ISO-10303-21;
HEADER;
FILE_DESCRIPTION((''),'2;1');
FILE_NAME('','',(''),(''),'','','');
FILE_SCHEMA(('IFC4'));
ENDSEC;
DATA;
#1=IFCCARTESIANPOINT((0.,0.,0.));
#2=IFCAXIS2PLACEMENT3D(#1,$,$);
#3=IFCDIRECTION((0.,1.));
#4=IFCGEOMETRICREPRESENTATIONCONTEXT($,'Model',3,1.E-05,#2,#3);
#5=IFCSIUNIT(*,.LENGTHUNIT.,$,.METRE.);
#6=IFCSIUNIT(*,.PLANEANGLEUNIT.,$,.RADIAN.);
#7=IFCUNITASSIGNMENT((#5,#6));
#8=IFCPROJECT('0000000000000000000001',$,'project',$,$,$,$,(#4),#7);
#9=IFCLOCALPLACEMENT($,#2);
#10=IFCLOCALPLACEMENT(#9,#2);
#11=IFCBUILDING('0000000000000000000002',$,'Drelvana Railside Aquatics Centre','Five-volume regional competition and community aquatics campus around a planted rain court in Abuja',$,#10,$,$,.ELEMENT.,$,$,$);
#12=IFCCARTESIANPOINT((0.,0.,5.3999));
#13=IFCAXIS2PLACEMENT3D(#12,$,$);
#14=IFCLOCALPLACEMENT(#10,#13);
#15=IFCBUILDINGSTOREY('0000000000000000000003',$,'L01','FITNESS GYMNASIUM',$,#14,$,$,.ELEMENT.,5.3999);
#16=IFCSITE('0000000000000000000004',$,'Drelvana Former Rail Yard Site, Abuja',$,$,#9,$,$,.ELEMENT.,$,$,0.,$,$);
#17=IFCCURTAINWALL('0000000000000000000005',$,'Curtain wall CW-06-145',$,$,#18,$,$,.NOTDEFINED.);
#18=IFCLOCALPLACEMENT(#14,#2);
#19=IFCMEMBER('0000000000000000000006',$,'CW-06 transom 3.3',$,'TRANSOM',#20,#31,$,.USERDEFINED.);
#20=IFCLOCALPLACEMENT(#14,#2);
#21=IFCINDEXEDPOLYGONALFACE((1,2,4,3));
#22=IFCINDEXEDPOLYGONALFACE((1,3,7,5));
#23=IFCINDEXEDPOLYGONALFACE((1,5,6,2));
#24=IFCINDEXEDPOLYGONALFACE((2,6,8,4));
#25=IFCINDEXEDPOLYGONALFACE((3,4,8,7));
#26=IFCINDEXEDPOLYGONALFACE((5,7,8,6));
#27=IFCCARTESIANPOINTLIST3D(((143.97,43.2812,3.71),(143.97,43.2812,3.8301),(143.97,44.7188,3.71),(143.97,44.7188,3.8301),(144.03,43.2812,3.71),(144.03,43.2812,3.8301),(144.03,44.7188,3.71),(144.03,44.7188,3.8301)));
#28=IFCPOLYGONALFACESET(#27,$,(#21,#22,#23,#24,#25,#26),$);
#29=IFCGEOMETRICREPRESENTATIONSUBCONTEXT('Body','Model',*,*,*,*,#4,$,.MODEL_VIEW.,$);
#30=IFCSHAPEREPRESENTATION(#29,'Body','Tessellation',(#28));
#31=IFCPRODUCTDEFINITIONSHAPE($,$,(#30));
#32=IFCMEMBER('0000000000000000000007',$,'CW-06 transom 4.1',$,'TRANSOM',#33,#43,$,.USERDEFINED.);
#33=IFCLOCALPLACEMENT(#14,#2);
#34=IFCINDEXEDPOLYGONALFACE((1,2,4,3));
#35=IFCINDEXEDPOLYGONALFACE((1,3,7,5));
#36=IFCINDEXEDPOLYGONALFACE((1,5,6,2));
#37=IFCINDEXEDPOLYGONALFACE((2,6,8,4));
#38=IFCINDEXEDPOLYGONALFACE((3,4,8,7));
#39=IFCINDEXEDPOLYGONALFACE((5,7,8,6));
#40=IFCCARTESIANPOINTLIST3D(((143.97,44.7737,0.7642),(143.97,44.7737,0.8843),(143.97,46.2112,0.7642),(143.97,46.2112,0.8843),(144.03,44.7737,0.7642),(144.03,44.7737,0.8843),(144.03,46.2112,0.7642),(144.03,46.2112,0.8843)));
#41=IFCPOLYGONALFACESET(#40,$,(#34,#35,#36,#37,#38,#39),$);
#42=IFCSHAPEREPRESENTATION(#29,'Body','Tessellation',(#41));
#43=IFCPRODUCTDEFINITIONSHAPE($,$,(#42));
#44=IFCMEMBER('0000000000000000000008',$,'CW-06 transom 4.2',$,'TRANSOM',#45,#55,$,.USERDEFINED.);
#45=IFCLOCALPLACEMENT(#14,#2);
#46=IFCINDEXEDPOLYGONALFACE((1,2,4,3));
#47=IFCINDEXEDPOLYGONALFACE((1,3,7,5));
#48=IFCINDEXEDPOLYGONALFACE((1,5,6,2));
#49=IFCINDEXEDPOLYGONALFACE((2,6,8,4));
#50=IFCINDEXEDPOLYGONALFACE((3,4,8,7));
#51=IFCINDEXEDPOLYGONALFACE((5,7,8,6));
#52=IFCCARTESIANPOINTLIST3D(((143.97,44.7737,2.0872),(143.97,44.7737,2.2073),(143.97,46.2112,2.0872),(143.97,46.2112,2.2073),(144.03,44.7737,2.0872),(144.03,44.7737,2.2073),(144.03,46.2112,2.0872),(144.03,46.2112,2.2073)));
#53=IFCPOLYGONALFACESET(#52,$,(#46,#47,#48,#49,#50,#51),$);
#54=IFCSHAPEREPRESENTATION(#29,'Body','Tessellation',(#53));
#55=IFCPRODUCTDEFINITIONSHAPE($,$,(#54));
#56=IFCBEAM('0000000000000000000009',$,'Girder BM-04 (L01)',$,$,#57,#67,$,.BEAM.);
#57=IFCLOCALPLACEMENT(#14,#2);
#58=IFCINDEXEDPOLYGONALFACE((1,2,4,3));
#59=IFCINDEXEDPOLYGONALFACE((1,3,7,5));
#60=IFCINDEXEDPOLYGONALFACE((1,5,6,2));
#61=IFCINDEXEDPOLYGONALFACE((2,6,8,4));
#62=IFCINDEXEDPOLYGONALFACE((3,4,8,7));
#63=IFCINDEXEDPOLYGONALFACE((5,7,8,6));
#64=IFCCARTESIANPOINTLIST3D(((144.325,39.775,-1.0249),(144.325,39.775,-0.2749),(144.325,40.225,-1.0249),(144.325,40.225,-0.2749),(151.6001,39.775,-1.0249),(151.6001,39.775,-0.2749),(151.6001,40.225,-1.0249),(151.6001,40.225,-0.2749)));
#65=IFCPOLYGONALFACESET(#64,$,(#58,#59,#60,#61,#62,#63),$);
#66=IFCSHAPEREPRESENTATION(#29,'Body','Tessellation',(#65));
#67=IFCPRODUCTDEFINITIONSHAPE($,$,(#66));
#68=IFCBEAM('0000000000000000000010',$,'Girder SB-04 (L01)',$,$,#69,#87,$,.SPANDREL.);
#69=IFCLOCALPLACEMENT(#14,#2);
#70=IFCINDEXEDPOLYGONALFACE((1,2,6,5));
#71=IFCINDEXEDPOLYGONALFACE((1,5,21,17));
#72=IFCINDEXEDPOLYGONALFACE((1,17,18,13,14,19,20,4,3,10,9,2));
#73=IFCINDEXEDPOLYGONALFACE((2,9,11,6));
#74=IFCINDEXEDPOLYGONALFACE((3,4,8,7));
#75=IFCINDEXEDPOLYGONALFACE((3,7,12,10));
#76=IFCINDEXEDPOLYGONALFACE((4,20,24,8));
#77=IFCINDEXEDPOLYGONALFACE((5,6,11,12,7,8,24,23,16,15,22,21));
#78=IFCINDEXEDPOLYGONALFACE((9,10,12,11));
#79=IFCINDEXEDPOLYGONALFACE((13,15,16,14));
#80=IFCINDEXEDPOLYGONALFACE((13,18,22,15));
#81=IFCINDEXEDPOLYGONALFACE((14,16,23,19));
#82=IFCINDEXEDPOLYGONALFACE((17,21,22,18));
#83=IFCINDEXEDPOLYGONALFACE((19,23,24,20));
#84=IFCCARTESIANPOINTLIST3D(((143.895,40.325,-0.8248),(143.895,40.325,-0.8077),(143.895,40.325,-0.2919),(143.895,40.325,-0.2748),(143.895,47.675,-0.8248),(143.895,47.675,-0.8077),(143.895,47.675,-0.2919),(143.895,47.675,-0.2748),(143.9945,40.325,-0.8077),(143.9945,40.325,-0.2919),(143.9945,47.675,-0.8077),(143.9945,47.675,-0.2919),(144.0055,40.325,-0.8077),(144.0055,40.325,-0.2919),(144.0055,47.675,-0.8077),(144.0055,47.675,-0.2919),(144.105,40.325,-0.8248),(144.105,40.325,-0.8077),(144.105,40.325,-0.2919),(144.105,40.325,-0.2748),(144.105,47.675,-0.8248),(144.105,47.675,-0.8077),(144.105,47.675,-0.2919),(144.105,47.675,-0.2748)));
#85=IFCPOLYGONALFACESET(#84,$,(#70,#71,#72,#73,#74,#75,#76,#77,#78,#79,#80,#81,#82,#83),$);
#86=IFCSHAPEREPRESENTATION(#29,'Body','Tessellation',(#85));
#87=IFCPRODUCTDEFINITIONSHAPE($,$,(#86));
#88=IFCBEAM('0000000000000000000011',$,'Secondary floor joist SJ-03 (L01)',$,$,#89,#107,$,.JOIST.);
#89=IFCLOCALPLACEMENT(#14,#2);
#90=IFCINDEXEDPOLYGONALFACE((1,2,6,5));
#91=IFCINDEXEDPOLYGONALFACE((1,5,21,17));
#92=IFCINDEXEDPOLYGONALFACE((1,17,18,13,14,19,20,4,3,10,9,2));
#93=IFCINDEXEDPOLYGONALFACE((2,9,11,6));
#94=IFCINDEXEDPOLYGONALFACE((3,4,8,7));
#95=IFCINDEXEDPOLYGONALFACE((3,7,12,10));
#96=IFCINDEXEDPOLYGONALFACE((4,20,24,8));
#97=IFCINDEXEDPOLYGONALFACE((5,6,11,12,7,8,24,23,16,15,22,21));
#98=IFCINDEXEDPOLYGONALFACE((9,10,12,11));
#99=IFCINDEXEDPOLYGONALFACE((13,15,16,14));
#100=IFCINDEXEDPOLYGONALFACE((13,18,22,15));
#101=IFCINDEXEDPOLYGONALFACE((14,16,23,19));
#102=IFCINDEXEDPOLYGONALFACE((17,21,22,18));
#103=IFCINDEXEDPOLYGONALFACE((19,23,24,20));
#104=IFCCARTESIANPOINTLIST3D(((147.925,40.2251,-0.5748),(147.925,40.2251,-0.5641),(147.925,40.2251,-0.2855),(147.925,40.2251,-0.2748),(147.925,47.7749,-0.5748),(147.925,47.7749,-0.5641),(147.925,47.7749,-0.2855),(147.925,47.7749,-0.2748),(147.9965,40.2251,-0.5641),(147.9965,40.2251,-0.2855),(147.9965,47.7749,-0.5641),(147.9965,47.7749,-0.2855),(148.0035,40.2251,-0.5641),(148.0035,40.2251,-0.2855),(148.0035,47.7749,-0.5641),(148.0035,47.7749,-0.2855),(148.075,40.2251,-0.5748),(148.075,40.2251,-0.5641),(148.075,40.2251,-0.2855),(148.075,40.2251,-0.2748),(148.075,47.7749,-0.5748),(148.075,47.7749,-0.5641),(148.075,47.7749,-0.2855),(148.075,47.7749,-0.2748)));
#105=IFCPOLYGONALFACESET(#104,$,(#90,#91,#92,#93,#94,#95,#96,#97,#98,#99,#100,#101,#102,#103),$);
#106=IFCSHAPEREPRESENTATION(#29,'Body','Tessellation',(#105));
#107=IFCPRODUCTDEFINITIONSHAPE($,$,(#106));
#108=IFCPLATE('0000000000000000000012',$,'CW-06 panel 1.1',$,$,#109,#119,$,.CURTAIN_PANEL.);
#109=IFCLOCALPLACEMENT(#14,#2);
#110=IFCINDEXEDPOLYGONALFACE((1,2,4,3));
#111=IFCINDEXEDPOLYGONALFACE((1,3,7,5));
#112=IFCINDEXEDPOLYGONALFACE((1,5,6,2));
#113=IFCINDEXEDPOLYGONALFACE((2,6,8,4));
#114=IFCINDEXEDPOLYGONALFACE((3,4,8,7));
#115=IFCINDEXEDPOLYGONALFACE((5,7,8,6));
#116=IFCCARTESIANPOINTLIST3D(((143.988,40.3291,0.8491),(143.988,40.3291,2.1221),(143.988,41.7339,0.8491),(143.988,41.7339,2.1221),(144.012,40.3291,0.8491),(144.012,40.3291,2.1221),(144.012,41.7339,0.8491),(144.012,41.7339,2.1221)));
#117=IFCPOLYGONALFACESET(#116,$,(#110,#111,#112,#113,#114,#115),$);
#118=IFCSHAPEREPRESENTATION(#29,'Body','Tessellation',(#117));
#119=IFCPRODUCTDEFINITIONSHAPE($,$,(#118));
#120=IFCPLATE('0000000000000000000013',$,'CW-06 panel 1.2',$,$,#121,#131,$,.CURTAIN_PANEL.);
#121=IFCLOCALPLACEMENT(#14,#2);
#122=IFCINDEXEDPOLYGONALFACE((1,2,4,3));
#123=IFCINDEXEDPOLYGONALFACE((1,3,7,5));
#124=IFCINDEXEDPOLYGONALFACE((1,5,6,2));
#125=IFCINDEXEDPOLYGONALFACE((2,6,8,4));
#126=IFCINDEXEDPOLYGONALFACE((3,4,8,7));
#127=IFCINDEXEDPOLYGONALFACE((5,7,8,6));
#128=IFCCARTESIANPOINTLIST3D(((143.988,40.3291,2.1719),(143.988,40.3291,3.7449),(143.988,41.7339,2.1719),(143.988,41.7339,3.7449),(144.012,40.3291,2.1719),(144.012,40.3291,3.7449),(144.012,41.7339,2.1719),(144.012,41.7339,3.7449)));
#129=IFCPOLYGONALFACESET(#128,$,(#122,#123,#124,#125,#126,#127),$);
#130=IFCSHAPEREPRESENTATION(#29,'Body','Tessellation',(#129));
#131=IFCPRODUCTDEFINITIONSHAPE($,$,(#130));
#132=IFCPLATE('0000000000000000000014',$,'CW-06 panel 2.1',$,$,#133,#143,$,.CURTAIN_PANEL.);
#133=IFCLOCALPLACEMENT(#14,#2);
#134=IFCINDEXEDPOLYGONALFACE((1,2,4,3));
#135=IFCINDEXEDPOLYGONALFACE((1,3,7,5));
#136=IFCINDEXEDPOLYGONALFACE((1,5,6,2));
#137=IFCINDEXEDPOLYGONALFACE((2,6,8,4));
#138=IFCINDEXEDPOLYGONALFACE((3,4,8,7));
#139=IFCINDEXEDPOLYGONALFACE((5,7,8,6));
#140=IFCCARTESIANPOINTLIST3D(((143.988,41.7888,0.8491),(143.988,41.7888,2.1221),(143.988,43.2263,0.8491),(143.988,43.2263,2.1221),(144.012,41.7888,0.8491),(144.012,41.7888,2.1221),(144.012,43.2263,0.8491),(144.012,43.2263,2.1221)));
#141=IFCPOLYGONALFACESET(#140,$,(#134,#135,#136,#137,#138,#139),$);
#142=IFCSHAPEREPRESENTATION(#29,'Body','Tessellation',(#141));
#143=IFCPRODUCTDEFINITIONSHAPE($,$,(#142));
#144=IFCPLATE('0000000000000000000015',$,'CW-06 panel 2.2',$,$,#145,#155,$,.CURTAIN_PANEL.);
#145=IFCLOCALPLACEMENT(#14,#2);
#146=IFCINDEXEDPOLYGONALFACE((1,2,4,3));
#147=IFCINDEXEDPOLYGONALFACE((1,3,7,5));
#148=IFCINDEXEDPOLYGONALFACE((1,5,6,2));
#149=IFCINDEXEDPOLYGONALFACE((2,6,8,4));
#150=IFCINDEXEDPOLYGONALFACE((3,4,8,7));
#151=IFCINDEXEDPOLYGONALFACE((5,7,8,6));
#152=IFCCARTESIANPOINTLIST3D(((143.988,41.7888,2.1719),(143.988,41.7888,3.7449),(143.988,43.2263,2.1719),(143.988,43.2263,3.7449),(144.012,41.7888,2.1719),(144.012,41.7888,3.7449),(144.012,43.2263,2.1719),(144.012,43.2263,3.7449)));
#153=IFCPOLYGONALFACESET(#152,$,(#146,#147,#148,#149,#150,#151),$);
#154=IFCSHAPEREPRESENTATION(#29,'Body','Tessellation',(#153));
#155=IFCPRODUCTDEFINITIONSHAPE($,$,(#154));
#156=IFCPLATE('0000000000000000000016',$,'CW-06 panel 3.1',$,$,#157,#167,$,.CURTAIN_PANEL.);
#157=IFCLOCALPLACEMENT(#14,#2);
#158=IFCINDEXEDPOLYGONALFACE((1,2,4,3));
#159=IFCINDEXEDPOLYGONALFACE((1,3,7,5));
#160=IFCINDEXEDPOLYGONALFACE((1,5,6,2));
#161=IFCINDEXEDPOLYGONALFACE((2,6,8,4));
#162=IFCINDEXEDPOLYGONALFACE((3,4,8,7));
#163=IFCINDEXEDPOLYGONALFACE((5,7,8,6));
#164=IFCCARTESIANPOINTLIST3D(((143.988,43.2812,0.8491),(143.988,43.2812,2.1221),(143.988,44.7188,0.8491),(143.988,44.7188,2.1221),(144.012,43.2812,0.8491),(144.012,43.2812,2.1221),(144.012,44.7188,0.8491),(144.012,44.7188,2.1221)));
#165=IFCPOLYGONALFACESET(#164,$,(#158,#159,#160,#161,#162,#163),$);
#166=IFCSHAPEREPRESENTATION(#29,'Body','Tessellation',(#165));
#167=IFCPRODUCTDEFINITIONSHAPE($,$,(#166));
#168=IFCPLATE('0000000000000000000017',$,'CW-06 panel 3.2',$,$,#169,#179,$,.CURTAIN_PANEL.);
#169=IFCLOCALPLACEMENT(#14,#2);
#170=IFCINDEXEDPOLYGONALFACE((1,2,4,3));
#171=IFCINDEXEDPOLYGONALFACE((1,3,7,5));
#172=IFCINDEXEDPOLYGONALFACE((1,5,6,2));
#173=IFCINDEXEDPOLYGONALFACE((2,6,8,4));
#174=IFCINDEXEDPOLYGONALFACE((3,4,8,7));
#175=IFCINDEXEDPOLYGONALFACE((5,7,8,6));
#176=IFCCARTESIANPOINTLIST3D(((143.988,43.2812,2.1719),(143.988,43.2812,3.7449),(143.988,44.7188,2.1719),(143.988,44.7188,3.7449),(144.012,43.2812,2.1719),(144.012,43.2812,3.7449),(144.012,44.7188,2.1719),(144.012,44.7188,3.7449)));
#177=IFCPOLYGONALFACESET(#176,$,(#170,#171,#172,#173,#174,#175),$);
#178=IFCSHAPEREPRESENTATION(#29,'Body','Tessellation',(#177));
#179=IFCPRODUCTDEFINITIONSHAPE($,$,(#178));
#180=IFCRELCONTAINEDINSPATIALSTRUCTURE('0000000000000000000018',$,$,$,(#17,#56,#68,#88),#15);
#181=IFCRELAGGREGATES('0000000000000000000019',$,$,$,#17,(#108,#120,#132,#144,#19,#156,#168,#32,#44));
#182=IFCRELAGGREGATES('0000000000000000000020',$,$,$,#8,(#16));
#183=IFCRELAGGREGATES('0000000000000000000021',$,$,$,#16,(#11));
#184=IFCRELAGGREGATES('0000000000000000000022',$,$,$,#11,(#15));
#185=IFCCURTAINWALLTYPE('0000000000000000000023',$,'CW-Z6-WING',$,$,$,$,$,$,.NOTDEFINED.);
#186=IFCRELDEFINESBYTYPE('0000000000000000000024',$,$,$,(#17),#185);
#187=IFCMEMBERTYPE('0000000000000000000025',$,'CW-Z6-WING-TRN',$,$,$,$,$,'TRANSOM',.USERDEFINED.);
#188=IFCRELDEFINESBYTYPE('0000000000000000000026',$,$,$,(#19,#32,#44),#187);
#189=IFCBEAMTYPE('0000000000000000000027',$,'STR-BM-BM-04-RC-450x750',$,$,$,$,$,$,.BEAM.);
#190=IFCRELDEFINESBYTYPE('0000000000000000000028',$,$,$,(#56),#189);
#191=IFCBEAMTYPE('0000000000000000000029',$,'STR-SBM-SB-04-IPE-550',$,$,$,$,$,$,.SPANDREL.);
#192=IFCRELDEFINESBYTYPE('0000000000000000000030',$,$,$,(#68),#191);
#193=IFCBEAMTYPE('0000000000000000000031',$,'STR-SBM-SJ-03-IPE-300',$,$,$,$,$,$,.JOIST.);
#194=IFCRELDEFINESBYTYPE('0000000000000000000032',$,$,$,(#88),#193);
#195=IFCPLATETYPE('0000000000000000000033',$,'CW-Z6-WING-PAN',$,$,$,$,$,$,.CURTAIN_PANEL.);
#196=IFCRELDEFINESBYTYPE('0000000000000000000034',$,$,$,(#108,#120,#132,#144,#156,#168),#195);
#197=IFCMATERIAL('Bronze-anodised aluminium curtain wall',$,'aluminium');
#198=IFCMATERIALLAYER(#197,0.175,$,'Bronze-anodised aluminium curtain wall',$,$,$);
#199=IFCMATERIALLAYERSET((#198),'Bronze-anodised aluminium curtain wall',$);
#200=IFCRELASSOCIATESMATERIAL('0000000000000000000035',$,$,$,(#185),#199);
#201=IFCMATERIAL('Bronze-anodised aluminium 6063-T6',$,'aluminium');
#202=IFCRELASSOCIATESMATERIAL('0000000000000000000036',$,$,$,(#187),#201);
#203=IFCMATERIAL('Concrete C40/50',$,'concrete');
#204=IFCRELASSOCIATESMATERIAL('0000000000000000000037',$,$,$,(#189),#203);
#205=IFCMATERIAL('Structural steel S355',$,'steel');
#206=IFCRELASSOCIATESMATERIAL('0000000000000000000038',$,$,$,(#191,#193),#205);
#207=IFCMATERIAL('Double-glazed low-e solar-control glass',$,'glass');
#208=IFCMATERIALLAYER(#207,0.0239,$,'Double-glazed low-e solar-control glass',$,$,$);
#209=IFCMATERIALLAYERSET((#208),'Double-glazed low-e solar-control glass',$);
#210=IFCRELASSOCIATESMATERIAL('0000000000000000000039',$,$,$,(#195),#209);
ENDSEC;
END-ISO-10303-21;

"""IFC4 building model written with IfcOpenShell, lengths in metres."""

from ifc_helpers import new_model, si_unit, direction, frame, origin, origin_2d, place, context, subcontext, project, spatial, rectangle, i_section, extrude, material, layer, layer_set, material_profile, profile_set, type_object, element, aggregate, save


model = new_model("IFC4")

# Units and contexts
model_context = context("Model", 3, precision=1e-05, world=origin(), true_north=direction((0.0, 1.0)))
body_context = subcontext(model_context, "Body", "Model", "MODEL_VIEW")
ifc_project = project(units=[si_unit("LENGTHUNIT", "METRE"), si_unit("PLANEANGLEUNIT", "RADIAN")], contexts=[model_context])

# Site, building, storey
site_placement = place(None, origin())
site = spatial("IfcSite", under=ifc_project, at=site_placement, Name="Drelvana Former Rail Yard Site, Abuja", CompositionType="ELEMENT", RefElevation=0.0)
building_placement = place(site_placement, origin())
building = spatial("IfcBuilding", under=site, at=building_placement, Name="Drelvana Railside Aquatics Centre", Description="Five-volume regional competition and community aquatics campus around a planted rain court in Abuja", CompositionType="ELEMENT")
storey_placement = place(building_placement, frame((0.0, 0.0, 5.3999)))
storey = spatial("IfcBuildingStorey", under=building, at=storey_placement, Name="L01", Description="FITNESS GYMNASIUM", CompositionType="ELEMENT", Elevation=5.3999)

# Shared definitions
ifc_material_1 = material(Name="Concrete C40/50", Category="concrete")

# Shared definitions
ifc_material_2 = material(Name="Bronze-anodised aluminium curtain wall", Category="aluminium")
ifc_layer_1 = layer(ifc_material_2, 0.175, Name="Bronze-anodised aluminium curtain wall")
ifc_layer_set_1 = layer_set([ifc_layer_1], Name="Bronze-anodised aluminium curtain wall")
curtain_wall_type = type_object("IfcCurtainWallType", Name="CW-Z6-WING", PredefinedType="NOTDEFINED", material=ifc_layer_set_1)
ifc_material_3 = material(Name="Bronze-anodised aluminium 6063-T6", Category="aluminium")

# Curtain wall, members
curtain_wall_1_placement = place(storey_placement, origin())
curtain_wall_1 = element("IfcCurtainWall", 1, at=curtain_wall_1_placement, inside=storey, type_object=curtain_wall_type, Name="Curtain wall CW-06-145", PredefinedType="NOTDEFINED")
ifc_material_profile_1 = material_profile(ifc_material_3, rectangle(XDim=0.1201, YDim=0.0601, at=origin_2d()), Name="ALU-T 60x120")
ifc_profile_set_1 = profile_set([ifc_material_profile_1], Name="Bronze-anodised aluminium 6063-T6")
member_type_1 = type_object("IfcMemberType", Name="CW-Z6-WING-TRN", ElementType="TRANSOM", PredefinedType="USERDEFINED", material=ifc_profile_set_1)
member_1_placement = place(storey_placement, frame((144.0, 43.2812, 3.77), z_axis=(0.0, 1.0, 0.0), x_axis=(0.0, 0.0, 1.0)))
member_1 = element("IfcMember", 2, at=member_1_placement, type_object=member_type_1, Name="CW-06 transom 3.3", ObjectType="TRANSOM", PredefinedType="USERDEFINED", context=body_context, shape_type="SweptSolid", body=[
    extrude(rectangle(XDim=0.1201, YDim=0.0601, at=origin_2d()), origin(), (0.0, 0.0, 1.0), 1.4375),
])
member_2_placement = place(storey_placement, frame((144.0, 44.7737, 0.8242), z_axis=(0.0, 1.0, 0.0), x_axis=(0.0, 0.0, 1.0)))
member_2 = element("IfcMember", 3, at=member_2_placement, type_object=member_type_1, Name="CW-06 transom 4.1", ObjectType="TRANSOM", PredefinedType="USERDEFINED", context=body_context, shape_type="SweptSolid", body=[
    extrude(rectangle(XDim=0.1201, YDim=0.0601, at=origin_2d()), origin(), (0.0, 0.0, 1.0), 1.4375),
])
member_3_placement = place(storey_placement, frame((144.0, 44.7737, 2.1472), z_axis=(0.0, 1.0, 0.0), x_axis=(0.0, 0.0, 1.0)))
member_3 = element("IfcMember", 4, at=member_3_placement, type_object=member_type_1, Name="CW-06 transom 4.2", ObjectType="TRANSOM", PredefinedType="USERDEFINED", context=body_context, shape_type="SweptSolid", body=[
    extrude(rectangle(XDim=0.1201, YDim=0.0601, at=origin_2d()), origin(), (0.0, 0.0, 1.0), 1.4375),
])

# Beams
ifc_material_profile_2 = material_profile(ifc_material_1, rectangle(XDim=0.45, YDim=0.75, at=origin_2d()), Name="RC 450x750")
ifc_profile_set_2 = profile_set([ifc_material_profile_2], Name="Concrete C40/50")
beam_type_1 = type_object("IfcBeamType", Name="STR-BM-BM-04-RC-450x750", PredefinedType="BEAM", material=ifc_profile_set_2)
beam_1_placement = place(storey_placement, frame((144.325, 40.0, -0.6499), z_axis=(1.0, 0.0, 0.0), x_axis=(0.0, 1.0, 0.0)))
element("IfcBeam", 5, at=beam_1_placement, inside=storey, type_object=beam_type_1, Name="Girder BM-04 (L01)", PredefinedType="BEAM", context=body_context, shape_type="SweptSolid", body=[
    extrude(rectangle(XDim=0.45, YDim=0.75, at=origin_2d()), origin(), (0.0, 0.0, 1.0), 7.2751),
])
ifc_material_4 = material(Name="Structural steel S355", Category="steel")
ifc_material_profile_3 = material_profile(ifc_material_4, i_section(OverallWidth=0.21, OverallDepth=0.55, WebThickness=0.011, FlangeThickness=0.0171, at=origin_2d()), Name="IPE 550")
ifc_profile_set_3 = profile_set([ifc_material_profile_3], Name="Structural steel S355")
beam_type_2 = type_object("IfcBeamType", Name="STR-SBM-SB-04-IPE-550", PredefinedType="SPANDREL", material=ifc_profile_set_3)
beam_2_placement = place(storey_placement, frame((144.0, 40.325, -0.5498), z_axis=(0.0, 1.0, 0.0), x_axis=(-1.0, 0.0, 0.0)))
element("IfcBeam", 6, at=beam_2_placement, inside=storey, type_object=beam_type_2, Name="Girder SB-04 (L01)", PredefinedType="SPANDREL", context=body_context, shape_type="SweptSolid", body=[
    extrude(i_section(OverallWidth=0.21, OverallDepth=0.55, WebThickness=0.011, FlangeThickness=0.0171, at=origin_2d()), origin(), (0.0, 0.0, 1.0), 7.3501),
])
ifc_material_profile_4 = material_profile(ifc_material_4, i_section(OverallWidth=0.1499, OverallDepth=0.3, WebThickness=0.0071, FlangeThickness=0.0107, at=origin_2d()), Name="IPE 300")
ifc_profile_set_4 = profile_set([ifc_material_profile_4], Name="Structural steel S355")
beam_type_3 = type_object("IfcBeamType", Name="STR-SBM-SJ-03-IPE-300", PredefinedType="JOIST", material=ifc_profile_set_4)
beam_3_placement = place(storey_placement, frame((148.0, 40.2251, -0.4248), z_axis=(0.0, 1.0, 0.0), x_axis=(-1.0, 0.0, 0.0)))
element("IfcBeam", 7, at=beam_3_placement, inside=storey, type_object=beam_type_3, Name="Secondary floor joist SJ-03 (L01)", PredefinedType="JOIST", context=body_context, shape_type="SweptSolid", body=[
    extrude(i_section(OverallWidth=0.1499, OverallDepth=0.3, WebThickness=0.0071, FlangeThickness=0.0107, at=origin_2d()), origin(), (0.0, 0.0, 1.0), 7.5498),
])

# Plates
ifc_material_5 = material(Name="Double-glazed low-e solar-control glass", Category="glass")
ifc_layer_2 = layer(ifc_material_5, 0.0239, Name="Double-glazed low-e solar-control glass")
ifc_layer_set_2 = layer_set([ifc_layer_2], Name="Double-glazed low-e solar-control glass")
plate_type = type_object("IfcPlateType", Name="CW-Z6-WING-PAN", PredefinedType="CURTAIN_PANEL", material=ifc_layer_set_2)
plate_1_placement = place(storey_placement, frame((144.0, 41.0315, 0.8491), z_axis=(0.0, 0.0, 1.0), x_axis=(0.0, 1.0, 0.0)))
plate_1 = element("IfcPlate", 8, at=plate_1_placement, type_object=plate_type, Name="CW-06 panel 1.1", PredefinedType="CURTAIN_PANEL", context=body_context, shape_type="SweptSolid", body=[
    extrude(rectangle(XDim=1.4048, YDim=0.0239, at=origin_2d()), origin(), (0.0, 0.0, 1.0), 1.2729),
])
plate_2_placement = place(storey_placement, frame((144.0, 41.0315, 2.1719), z_axis=(0.0, 0.0, 1.0), x_axis=(0.0, 1.0, 0.0)))
plate_2 = element("IfcPlate", 9, at=plate_2_placement, type_object=plate_type, Name="CW-06 panel 1.2", PredefinedType="CURTAIN_PANEL", context=body_context, shape_type="SweptSolid", body=[
    extrude(rectangle(XDim=1.4048, YDim=0.0239, at=origin_2d()), origin(), (0.0, 0.0, 1.0), 1.573),
])
plate_3_placement = place(storey_placement, frame((144.0, 42.5076, 0.8491), z_axis=(0.0, 0.0, 1.0), x_axis=(0.0, 1.0, 0.0)))
plate_3 = element("IfcPlate", 10, at=plate_3_placement, type_object=plate_type, Name="CW-06 panel 2.1", PredefinedType="CURTAIN_PANEL", context=body_context, shape_type="SweptSolid", body=[
    extrude(rectangle(XDim=1.4375, YDim=0.0239, at=origin_2d()), origin(), (0.0, 0.0, 1.0), 1.2729),
])
plate_4_placement = place(storey_placement, frame((144.0, 42.5076, 2.1719), z_axis=(0.0, 0.0, 1.0), x_axis=(0.0, 1.0, 0.0)))
plate_4 = element("IfcPlate", 11, at=plate_4_placement, type_object=plate_type, Name="CW-06 panel 2.2", PredefinedType="CURTAIN_PANEL", context=body_context, shape_type="SweptSolid", body=[
    extrude(rectangle(XDim=1.4375, YDim=0.0239, at=origin_2d()), origin(), (0.0, 0.0, 1.0), 1.573),
])
plate_5_placement = place(storey_placement, frame((144.0, 44.0, 0.8491), z_axis=(0.0, 0.0, 1.0), x_axis=(0.0, 1.0, 0.0)))
plate_5 = element("IfcPlate", 12, at=plate_5_placement, type_object=plate_type, Name="CW-06 panel 3.1", PredefinedType="CURTAIN_PANEL", context=body_context, shape_type="SweptSolid", body=[
    extrude(rectangle(XDim=1.4375, YDim=0.0239, at=origin_2d()), origin(), (0.0, 0.0, 1.0), 1.2729),
])
plate_6_placement = place(storey_placement, frame((144.0, 44.0, 2.1719), z_axis=(0.0, 0.0, 1.0), x_axis=(0.0, 1.0, 0.0)))
plate_6 = element("IfcPlate", 13, at=plate_6_placement, type_object=plate_type, Name="CW-06 panel 3.2", PredefinedType="CURTAIN_PANEL", context=body_context, shape_type="SweptSolid", body=[
    extrude(rectangle(XDim=1.4375, YDim=0.0239, at=origin_2d()), origin(), (0.0, 0.0, 1.0), 1.573),
])
aggregate(curtain_wall_1, [plate_1, plate_2, plate_3, plate_4, member_1, plate_5, plate_6, member_2, member_3])

save(model, "model.ifc")
